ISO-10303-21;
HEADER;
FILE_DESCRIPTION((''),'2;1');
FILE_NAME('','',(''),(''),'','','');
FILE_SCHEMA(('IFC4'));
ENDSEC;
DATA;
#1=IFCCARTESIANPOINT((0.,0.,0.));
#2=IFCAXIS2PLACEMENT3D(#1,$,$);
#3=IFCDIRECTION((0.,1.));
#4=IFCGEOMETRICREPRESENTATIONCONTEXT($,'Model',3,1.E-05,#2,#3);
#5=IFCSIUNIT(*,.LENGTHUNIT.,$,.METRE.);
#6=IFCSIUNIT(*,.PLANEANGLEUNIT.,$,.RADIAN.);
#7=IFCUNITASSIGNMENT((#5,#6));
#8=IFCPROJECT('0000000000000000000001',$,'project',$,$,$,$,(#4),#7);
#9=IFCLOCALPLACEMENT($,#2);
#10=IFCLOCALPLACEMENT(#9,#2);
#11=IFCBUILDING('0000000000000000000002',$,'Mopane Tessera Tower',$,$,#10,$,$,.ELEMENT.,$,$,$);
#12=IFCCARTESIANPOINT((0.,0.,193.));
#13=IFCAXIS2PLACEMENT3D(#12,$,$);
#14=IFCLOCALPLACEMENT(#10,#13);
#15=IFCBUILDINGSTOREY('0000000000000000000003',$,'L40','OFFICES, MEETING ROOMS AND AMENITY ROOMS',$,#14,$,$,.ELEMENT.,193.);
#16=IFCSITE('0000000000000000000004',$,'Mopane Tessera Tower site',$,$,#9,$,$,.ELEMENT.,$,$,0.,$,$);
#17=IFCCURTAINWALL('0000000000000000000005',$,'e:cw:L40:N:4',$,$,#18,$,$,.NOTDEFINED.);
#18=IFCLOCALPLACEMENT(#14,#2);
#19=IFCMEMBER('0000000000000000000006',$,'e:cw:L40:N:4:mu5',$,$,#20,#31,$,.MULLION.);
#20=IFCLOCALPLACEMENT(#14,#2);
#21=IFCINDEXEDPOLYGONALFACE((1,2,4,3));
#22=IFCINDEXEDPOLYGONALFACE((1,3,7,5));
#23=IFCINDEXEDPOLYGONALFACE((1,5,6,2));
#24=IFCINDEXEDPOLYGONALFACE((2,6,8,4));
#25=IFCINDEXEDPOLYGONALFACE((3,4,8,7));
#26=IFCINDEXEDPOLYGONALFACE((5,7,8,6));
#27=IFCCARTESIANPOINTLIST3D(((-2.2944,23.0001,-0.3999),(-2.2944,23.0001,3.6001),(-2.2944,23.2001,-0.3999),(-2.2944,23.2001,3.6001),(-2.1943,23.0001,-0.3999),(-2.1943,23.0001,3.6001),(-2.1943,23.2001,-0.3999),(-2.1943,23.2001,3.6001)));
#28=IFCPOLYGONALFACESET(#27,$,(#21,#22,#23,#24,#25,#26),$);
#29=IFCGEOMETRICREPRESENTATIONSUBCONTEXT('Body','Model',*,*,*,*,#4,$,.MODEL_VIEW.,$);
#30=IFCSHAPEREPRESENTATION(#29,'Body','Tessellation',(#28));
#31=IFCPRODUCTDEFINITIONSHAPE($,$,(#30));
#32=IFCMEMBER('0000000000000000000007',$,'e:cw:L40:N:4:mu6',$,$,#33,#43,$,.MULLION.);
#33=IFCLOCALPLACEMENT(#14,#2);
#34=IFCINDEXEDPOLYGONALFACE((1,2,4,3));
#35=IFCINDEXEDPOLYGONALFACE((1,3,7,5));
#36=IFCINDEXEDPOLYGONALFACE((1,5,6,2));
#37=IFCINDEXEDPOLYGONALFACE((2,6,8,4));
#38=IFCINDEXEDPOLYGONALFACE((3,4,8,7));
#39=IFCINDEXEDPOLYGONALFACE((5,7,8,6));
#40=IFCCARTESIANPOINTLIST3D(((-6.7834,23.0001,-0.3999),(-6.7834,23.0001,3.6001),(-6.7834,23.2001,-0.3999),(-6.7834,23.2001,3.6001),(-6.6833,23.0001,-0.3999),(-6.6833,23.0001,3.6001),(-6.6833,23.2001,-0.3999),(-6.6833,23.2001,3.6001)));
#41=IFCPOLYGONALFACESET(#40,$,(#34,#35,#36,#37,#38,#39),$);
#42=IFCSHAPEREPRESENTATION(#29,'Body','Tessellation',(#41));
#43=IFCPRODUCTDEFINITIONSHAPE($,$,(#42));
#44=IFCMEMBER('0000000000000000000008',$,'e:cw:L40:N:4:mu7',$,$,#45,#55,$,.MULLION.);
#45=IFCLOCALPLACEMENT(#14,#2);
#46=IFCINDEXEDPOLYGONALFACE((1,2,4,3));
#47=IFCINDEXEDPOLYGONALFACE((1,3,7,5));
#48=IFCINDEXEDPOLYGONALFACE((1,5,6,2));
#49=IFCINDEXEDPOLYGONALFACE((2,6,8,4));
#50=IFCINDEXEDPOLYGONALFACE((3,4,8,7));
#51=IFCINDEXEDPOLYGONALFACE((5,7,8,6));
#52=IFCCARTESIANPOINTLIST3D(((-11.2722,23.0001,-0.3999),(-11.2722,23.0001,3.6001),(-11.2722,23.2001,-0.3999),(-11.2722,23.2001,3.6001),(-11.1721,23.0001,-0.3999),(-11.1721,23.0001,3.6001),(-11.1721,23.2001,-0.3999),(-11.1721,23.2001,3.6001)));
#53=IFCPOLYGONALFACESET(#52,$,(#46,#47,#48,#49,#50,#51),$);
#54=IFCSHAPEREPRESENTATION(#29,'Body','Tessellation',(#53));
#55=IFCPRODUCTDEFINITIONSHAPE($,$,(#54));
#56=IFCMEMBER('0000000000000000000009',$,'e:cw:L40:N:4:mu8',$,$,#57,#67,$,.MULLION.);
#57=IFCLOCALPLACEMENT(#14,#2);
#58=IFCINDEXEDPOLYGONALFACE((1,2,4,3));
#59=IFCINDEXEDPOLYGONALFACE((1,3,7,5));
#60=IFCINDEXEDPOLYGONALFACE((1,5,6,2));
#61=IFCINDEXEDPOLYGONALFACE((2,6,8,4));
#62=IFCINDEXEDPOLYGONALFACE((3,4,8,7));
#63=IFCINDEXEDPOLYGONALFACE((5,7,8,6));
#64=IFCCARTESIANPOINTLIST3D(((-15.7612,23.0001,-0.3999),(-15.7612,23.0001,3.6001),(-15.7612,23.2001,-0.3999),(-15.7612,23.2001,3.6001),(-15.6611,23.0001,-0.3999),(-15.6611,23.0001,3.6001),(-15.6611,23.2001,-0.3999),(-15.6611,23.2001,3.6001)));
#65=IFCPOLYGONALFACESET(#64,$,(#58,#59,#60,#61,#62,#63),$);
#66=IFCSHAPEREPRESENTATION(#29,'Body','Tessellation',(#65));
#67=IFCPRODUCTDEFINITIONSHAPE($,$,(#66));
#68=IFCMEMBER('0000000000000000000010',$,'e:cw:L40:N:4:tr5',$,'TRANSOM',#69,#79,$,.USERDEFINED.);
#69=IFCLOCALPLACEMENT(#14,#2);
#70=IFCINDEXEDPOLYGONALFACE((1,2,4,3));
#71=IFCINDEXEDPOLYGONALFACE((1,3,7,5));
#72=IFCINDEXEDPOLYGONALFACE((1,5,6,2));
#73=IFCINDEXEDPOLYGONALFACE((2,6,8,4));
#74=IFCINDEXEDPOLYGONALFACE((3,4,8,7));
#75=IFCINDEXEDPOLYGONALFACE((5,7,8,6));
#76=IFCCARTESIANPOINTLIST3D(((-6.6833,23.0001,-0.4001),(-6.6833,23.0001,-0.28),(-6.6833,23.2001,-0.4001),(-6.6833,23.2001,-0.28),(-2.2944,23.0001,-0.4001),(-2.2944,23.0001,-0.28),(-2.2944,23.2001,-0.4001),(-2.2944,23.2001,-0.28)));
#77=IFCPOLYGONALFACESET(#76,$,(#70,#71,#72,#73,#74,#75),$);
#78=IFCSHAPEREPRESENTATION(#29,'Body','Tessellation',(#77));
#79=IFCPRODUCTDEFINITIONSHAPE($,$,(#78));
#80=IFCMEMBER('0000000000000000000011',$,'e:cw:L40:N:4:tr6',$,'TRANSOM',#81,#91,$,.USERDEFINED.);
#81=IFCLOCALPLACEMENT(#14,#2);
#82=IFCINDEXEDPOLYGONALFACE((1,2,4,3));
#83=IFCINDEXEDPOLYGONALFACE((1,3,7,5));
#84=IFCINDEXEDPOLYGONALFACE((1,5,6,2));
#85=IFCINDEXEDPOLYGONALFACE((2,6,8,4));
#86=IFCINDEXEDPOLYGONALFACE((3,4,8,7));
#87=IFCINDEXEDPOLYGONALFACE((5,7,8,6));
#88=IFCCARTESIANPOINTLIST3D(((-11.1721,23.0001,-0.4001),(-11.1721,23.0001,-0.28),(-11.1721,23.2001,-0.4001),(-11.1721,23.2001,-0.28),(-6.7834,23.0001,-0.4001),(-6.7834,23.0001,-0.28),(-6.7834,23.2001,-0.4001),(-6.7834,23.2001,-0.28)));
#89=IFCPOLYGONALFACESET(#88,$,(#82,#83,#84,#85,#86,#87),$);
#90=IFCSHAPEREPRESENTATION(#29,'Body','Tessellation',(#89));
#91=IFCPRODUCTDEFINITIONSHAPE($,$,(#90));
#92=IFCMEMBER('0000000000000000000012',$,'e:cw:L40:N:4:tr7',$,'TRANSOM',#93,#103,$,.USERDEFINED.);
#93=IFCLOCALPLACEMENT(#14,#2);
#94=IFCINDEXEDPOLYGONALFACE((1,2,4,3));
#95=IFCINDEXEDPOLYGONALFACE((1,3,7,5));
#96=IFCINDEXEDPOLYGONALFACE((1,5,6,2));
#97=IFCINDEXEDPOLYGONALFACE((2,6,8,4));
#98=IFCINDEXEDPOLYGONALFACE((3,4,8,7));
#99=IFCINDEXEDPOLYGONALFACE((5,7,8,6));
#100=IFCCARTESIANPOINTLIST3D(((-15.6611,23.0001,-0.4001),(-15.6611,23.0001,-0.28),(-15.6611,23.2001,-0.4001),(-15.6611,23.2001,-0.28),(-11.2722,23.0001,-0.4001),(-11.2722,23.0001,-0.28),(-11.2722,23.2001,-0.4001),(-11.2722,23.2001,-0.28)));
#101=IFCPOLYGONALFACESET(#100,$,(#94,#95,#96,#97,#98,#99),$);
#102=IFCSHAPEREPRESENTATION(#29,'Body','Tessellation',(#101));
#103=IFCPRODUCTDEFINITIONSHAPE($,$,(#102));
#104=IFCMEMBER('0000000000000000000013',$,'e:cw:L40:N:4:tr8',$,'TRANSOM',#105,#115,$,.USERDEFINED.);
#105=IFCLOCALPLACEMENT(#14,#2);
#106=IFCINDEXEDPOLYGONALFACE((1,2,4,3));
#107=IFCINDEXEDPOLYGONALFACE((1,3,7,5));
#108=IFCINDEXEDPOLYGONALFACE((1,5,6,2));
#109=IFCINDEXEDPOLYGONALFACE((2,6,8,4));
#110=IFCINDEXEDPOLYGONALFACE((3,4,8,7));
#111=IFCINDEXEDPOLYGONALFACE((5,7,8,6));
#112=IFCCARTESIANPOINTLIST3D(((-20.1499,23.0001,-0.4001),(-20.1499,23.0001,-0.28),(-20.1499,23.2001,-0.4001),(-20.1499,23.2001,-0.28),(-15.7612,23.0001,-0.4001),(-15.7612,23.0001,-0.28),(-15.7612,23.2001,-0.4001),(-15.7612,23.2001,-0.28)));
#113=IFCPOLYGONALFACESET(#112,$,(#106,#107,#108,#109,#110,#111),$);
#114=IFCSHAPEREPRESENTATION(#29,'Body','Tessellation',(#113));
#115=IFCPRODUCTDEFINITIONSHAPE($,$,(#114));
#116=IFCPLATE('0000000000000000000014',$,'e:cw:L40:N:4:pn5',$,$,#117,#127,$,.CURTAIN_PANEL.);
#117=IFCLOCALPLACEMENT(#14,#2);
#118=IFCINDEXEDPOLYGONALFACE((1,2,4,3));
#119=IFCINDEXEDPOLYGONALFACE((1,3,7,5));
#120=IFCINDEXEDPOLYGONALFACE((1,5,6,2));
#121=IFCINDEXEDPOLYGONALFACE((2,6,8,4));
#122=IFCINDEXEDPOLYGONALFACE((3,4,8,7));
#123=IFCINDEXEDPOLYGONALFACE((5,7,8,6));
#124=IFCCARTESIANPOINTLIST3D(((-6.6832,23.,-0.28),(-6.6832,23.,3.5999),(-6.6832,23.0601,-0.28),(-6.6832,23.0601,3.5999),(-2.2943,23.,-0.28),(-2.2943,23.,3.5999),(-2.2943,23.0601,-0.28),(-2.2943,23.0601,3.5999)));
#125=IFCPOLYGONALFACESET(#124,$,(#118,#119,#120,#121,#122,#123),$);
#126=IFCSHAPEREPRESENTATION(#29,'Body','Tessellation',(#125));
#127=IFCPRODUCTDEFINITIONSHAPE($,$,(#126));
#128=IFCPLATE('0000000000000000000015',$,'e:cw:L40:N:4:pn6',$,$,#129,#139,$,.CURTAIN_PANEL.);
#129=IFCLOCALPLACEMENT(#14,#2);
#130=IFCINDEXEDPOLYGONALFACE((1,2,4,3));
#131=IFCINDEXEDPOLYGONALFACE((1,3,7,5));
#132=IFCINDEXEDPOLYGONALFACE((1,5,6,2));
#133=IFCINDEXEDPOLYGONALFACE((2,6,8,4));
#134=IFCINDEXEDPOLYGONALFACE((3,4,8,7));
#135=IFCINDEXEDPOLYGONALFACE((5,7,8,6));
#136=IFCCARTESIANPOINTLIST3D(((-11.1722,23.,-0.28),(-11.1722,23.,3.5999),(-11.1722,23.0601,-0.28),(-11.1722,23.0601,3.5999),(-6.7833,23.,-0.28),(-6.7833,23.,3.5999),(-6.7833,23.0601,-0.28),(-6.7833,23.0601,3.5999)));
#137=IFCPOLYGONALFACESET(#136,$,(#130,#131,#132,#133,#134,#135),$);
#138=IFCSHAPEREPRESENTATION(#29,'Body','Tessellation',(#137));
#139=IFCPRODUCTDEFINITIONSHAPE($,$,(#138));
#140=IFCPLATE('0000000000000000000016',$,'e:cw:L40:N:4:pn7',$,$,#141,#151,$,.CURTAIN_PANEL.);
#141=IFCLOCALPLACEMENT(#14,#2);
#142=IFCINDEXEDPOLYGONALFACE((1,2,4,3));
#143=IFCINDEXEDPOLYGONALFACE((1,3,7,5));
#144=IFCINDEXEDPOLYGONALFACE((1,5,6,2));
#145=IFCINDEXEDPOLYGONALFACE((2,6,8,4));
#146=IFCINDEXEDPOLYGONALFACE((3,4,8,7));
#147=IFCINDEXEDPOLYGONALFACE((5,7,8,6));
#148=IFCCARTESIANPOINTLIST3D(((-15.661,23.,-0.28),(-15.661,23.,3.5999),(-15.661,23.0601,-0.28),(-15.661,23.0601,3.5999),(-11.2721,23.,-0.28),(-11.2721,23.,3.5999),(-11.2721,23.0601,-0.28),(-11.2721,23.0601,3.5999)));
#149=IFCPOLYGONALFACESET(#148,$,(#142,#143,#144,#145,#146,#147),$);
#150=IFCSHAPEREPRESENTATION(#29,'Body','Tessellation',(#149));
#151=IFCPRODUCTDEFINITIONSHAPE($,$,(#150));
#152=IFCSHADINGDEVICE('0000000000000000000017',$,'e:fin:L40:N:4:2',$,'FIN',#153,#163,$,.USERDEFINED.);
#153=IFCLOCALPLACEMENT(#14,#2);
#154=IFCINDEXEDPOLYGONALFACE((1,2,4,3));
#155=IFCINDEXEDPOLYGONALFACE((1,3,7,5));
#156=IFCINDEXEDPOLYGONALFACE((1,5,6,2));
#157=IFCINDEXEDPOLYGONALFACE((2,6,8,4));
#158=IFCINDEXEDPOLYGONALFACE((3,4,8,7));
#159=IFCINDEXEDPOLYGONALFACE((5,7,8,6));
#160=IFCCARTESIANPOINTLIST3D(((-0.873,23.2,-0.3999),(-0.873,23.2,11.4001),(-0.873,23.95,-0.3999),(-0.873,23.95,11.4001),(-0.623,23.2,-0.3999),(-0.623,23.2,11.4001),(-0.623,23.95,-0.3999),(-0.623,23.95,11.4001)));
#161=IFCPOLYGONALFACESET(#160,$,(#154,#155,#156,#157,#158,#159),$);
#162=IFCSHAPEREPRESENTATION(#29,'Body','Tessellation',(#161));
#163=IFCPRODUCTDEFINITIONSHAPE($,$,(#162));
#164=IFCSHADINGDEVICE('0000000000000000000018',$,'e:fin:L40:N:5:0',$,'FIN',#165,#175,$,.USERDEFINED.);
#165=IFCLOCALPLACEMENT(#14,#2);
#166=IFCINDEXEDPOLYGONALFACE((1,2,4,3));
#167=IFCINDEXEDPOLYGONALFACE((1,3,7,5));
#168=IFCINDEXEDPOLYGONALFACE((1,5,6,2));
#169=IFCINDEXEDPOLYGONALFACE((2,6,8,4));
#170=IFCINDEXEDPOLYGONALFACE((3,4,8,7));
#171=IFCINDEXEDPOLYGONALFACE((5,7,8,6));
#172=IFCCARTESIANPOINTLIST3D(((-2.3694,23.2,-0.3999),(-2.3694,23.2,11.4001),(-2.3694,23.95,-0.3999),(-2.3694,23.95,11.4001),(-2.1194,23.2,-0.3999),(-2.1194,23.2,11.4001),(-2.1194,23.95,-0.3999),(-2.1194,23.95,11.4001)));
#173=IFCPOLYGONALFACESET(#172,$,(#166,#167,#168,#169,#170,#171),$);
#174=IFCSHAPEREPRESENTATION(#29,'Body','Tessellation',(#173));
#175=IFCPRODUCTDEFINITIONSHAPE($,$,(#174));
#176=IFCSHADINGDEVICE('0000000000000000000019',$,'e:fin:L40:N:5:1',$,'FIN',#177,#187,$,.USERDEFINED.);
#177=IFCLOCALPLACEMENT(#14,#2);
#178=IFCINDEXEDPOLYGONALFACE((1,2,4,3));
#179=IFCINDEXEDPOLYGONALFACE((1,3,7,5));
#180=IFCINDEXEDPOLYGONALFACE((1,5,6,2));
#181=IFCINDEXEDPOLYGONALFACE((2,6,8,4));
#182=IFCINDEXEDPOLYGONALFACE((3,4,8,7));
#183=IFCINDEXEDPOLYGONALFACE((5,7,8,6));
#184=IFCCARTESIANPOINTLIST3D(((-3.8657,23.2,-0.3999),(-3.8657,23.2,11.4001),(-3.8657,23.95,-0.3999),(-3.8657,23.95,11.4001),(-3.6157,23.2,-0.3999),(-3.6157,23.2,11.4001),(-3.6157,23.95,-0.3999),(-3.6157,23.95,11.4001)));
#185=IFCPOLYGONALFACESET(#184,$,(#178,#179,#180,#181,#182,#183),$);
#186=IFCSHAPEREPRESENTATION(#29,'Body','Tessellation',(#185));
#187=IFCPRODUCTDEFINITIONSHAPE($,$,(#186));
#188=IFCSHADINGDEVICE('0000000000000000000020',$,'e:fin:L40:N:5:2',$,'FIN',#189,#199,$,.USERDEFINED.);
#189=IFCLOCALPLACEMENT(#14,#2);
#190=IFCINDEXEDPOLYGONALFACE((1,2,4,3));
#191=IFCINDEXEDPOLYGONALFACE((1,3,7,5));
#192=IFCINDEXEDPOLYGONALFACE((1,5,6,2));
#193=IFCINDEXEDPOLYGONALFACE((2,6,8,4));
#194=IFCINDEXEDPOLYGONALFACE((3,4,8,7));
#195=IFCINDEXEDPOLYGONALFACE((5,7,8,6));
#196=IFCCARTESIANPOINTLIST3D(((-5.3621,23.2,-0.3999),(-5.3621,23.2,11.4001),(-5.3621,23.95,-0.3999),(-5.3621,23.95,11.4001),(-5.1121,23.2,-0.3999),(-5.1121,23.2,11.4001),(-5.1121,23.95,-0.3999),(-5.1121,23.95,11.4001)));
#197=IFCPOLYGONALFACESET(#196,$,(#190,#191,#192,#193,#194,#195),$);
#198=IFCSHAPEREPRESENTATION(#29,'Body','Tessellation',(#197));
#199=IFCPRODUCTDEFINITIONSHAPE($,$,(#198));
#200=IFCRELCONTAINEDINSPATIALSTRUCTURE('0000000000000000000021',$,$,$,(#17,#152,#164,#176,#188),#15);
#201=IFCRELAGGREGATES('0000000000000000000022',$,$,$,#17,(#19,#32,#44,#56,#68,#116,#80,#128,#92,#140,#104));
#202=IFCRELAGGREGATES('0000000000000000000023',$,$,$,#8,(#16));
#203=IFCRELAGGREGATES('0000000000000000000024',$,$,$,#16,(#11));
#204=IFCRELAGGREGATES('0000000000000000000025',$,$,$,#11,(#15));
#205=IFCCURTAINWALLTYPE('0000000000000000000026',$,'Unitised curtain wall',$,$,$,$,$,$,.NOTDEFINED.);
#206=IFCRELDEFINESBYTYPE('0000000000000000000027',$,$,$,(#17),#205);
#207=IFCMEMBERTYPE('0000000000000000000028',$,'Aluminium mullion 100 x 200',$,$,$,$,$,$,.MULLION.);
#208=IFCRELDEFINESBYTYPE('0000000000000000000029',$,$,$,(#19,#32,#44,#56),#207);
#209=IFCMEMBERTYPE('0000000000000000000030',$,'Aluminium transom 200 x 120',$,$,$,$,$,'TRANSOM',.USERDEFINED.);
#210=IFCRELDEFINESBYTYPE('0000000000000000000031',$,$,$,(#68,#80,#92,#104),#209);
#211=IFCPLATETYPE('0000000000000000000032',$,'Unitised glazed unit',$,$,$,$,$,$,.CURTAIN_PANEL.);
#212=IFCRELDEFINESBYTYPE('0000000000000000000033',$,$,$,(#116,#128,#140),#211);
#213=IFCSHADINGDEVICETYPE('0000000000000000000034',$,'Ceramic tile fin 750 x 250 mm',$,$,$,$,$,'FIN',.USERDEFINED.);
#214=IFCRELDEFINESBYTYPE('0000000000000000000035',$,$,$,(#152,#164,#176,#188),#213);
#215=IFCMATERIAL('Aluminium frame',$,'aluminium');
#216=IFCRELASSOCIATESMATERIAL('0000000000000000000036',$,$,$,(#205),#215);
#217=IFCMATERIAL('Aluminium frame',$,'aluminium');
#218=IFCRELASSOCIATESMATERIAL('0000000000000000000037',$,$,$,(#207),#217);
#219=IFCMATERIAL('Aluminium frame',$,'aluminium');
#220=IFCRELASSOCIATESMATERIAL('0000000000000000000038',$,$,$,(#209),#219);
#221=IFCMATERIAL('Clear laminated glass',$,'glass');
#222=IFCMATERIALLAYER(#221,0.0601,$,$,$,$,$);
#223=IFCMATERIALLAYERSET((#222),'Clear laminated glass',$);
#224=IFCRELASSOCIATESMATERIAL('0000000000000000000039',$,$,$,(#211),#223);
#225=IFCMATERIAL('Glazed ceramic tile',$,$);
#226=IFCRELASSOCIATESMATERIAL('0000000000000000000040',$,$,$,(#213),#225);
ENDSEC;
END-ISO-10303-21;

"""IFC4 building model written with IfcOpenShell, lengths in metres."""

from ifc_helpers import new_model, si_unit, direction, frame, origin, origin_2d, place, context, subcontext, project, spatial, rectangle, extrude, material, layer, layer_set, material_profile, profile_set, type_object, element, aggregate, save


model = new_model("IFC4")

# Units and contexts
model_context = context("Model", 3, precision=1e-05, world=origin(), true_north=direction((0.0, 1.0)))
body_context = subcontext(model_context, "Body", "Model", "MODEL_VIEW")
ifc_project = project(units=[si_unit("LENGTHUNIT", "METRE"), si_unit("PLANEANGLEUNIT", "RADIAN")], contexts=[model_context])

# Site, building, storey
site_placement = place(None, origin())
site = spatial("IfcSite", under=ifc_project, at=site_placement, Name="Mopane Tessera Tower site", CompositionType="ELEMENT", RefElevation=0.0)
building_placement = place(site_placement, origin())
building = spatial("IfcBuilding", under=site, at=building_placement, Name="Mopane Tessera Tower", CompositionType="ELEMENT")
storey_placement = place(building_placement, frame((0.0, 0.0, 193.0)))
storey = spatial("IfcBuildingStorey", under=building, at=storey_placement, Name="L40", Description="OFFICES, MEETING ROOMS AND AMENITY ROOMS", CompositionType="ELEMENT", Elevation=193.0)

# Curtain wall, members, plates
ifc_material_1 = material(Name="Aluminium frame", Category="aluminium")
curtain_wall_type = type_object("IfcCurtainWallType", Name="Unitised curtain wall", PredefinedType="NOTDEFINED", material=ifc_material_1)
curtain_wall_placement = place(storey_placement, origin())
curtain_wall = element("IfcCurtainWall", 1, at=curtain_wall_placement, inside=storey, type_object=curtain_wall_type, Name="e:cw:L40:N:4", PredefinedType="NOTDEFINED")
ifc_material_2 = material(Name="Aluminium frame", Category="aluminium")
ifc_material_profile_1 = material_profile(ifc_material_2, rectangle(XDim=0.1001, YDim=0.2, at=origin_2d()))
ifc_profile_set_1 = profile_set([ifc_material_profile_1], Name="Aluminium frame")
member_type_1 = type_object("IfcMemberType", Name="Aluminium mullion 100 x 200", PredefinedType="MULLION", material=ifc_profile_set_1)
member_1_placement = place(storey_placement, frame((-2.2444, 23.1001, -0.3999), z_axis=(0.0, 0.0, 1.0), x_axis=(-1.0, 0.0, 0.0)))
member_1 = element("IfcMember", 2, at=member_1_placement, type_object=member_type_1, Name="e:cw:L40:N:4:mu5", PredefinedType="MULLION", context=body_context, shape_type="SweptSolid", body=[
    extrude(rectangle(XDim=0.1001, YDim=0.2, at=origin_2d()), origin(), (0.0, 0.0, 1.0), 4.0),
])
member_2_placement = place(storey_placement, frame((-6.7334, 23.1001, -0.3999), z_axis=(0.0, 0.0, 1.0), x_axis=(-1.0, 0.0, 0.0)))
member_2 = element("IfcMember", 3, at=member_2_placement, type_object=member_type_1, Name="e:cw:L40:N:4:mu6", PredefinedType="MULLION", context=body_context, shape_type="SweptSolid", body=[
    extrude(rectangle(XDim=0.1001, YDim=0.2, at=origin_2d()), origin(), (0.0, 0.0, 1.0), 4.0),
])
member_3_placement = place(storey_placement, frame((-11.2222, 23.1001, -0.3999), z_axis=(0.0, 0.0, 1.0), x_axis=(-1.0, 0.0, 0.0)))
member_3 = element("IfcMember", 4, at=member_3_placement, type_object=member_type_1, Name="e:cw:L40:N:4:mu7", PredefinedType="MULLION", context=body_context, shape_type="SweptSolid", body=[
    extrude(rectangle(XDim=0.1001, YDim=0.2, at=origin_2d()), origin(), (0.0, 0.0, 1.0), 4.0),
])
member_4_placement = place(storey_placement, frame((-15.7112, 23.1001, -0.3999), z_axis=(0.0, 0.0, 1.0), x_axis=(-1.0, 0.0, 0.0)))
member_4 = element("IfcMember", 5, at=member_4_placement, type_object=member_type_1, Name="e:cw:L40:N:4:mu8", PredefinedType="MULLION", context=body_context, shape_type="SweptSolid", body=[
    extrude(rectangle(XDim=0.1001, YDim=0.2, at=origin_2d()), origin(), (0.0, 0.0, 1.0), 4.0),
])
ifc_material_3 = material(Name="Aluminium frame", Category="aluminium")
ifc_material_profile_2 = material_profile(ifc_material_3, rectangle(XDim=0.2, YDim=0.1201, at=origin_2d()))
ifc_profile_set_2 = profile_set([ifc_material_profile_2], Name="Aluminium frame")
member_type_2 = type_object("IfcMemberType", Name="Aluminium transom 200 x 120", ElementType="TRANSOM", PredefinedType="USERDEFINED", material=ifc_profile_set_2)
member_5_placement = place(storey_placement, frame((-2.2944, 23.1001, -0.3401), z_axis=(-1.0, 0.0, 0.0), x_axis=(0.0, -1.0, 0.0)))
member_5 = element("IfcMember", 6, at=member_5_placement, type_object=member_type_2, Name="e:cw:L40:N:4:tr5", ObjectType="TRANSOM", PredefinedType="USERDEFINED", context=body_context, shape_type="SweptSolid", body=[
    extrude(rectangle(XDim=0.2, YDim=0.1201, at=origin_2d()), origin(), (0.0, 0.0, 1.0), 4.3889),
])
member_6_placement = place(storey_placement, frame((-6.7834, 23.1001, -0.3401), z_axis=(-1.0, 0.0, 0.0), x_axis=(0.0, -1.0, 0.0)))
member_6 = element("IfcMember", 7, at=member_6_placement, type_object=member_type_2, Name="e:cw:L40:N:4:tr6", ObjectType="TRANSOM", PredefinedType="USERDEFINED", context=body_context, shape_type="SweptSolid", body=[
    extrude(rectangle(XDim=0.2, YDim=0.1201, at=origin_2d()), origin(), (0.0, 0.0, 1.0), 4.3887),
])
member_7_placement = place(storey_placement, frame((-11.2722, 23.1001, -0.3401), z_axis=(-1.0, 0.0, 0.0), x_axis=(0.0, -1.0, 0.0)))
member_7 = element("IfcMember", 8, at=member_7_placement, type_object=member_type_2, Name="e:cw:L40:N:4:tr7", ObjectType="TRANSOM", PredefinedType="USERDEFINED", context=body_context, shape_type="SweptSolid", body=[
    extrude(rectangle(XDim=0.2, YDim=0.1201, at=origin_2d()), origin(), (0.0, 0.0, 1.0), 4.3889),
])
member_8_placement = place(storey_placement, frame((-15.7612, 23.1001, -0.3401), z_axis=(-1.0, 0.0, 0.0), x_axis=(0.0, -1.0, 0.0)))
member_8 = element("IfcMember", 9, at=member_8_placement, type_object=member_type_2, Name="e:cw:L40:N:4:tr8", ObjectType="TRANSOM", PredefinedType="USERDEFINED", context=body_context, shape_type="SweptSolid", body=[
    extrude(rectangle(XDim=0.2, YDim=0.1201, at=origin_2d()), origin(), (0.0, 0.0, 1.0), 4.3887),
])
ifc_material_4 = material(Name="Clear laminated glass", Category="glass")
ifc_layer = layer(ifc_material_4, 0.0601)
ifc_layer_set = layer_set([ifc_layer], Name="Clear laminated glass")
plate_type = type_object("IfcPlateType", Name="Unitised glazed unit", PredefinedType="CURTAIN_PANEL", material=ifc_layer_set)
plate_1_placement = place(storey_placement, frame((-4.4888, 23.03, -0.28), z_axis=(0.0, 0.0, 1.0), x_axis=(-1.0, 0.0, 0.0)))
plate_1 = element("IfcPlate", 10, at=plate_1_placement, type_object=plate_type, Name="e:cw:L40:N:4:pn5", PredefinedType="CURTAIN_PANEL", context=body_context, shape_type="SweptSolid", body=[
    extrude(rectangle(XDim=4.3889, YDim=0.0601, at=origin_2d()), origin(), (0.0, 0.0, 1.0), 3.8799),
])
plate_2_placement = place(storey_placement, frame((-8.9778, 23.03, -0.28), z_axis=(0.0, 0.0, 1.0), x_axis=(-1.0, 0.0, 0.0)))
plate_2 = element("IfcPlate", 11, at=plate_2_placement, type_object=plate_type, Name="e:cw:L40:N:4:pn6", PredefinedType="CURTAIN_PANEL", context=body_context, shape_type="SweptSolid", body=[
    extrude(rectangle(XDim=4.3889, YDim=0.0601, at=origin_2d()), origin(), (0.0, 0.0, 1.0), 3.8799),
])
plate_3_placement = place(storey_placement, frame((-13.4666, 23.03, -0.28), z_axis=(0.0, 0.0, 1.0), x_axis=(-1.0, 0.0, 0.0)))
plate_3 = element("IfcPlate", 12, at=plate_3_placement, type_object=plate_type, Name="e:cw:L40:N:4:pn7", PredefinedType="CURTAIN_PANEL", context=body_context, shape_type="SweptSolid", body=[
    extrude(rectangle(XDim=4.3889, YDim=0.0601, at=origin_2d()), origin(), (0.0, 0.0, 1.0), 3.8799),
])
aggregate(curtain_wall, [member_1, member_2, member_3, member_4, member_5, plate_1, member_6, plate_2, member_7, plate_3, member_8])

# Shading devices
ifc_material_5 = material(Name="Glazed ceramic tile")
shading_device_type = type_object("IfcShadingDeviceType", Name="Ceramic tile fin 750 x 250 mm", ElementType="FIN", PredefinedType="USERDEFINED", material=ifc_material_5)
for number, where, z_axis, x_axis, name in (
    (13, (-0.748, 23.575, -0.3999), (0.0, 0.0, 1.0), (-1.0, 0.0, 0.0), "e:fin:L40:N:4:2"),
    (14, (-2.2444, 23.575, -0.3999), (0.0, 0.0, 1.0), (-1.0, 0.0, 0.0), "e:fin:L40:N:5:0"),
    (15, (-3.7407, 23.575, -0.3999), (0.0, 0.0, 1.0), (-1.0, 0.0, 0.0), "e:fin:L40:N:5:1"),
    (16, (-5.2371, 23.575, -0.3999), (0.0, 0.0, 1.0), (-1.0, 0.0, 0.0), "e:fin:L40:N:5:2"),
):
    element("IfcShadingDevice", number, at=place(storey_placement, frame(where, z_axis=z_axis, x_axis=x_axis)), inside=storey, type_object=shading_device_type, Name=name, ObjectType="FIN", PredefinedType="USERDEFINED", context=body_context, shape_type="SweptSolid", body=[
        extrude(rectangle(XDim=0.25, YDim=0.75, at=origin_2d()), origin(), (0.0, 0.0, 1.0), 11.8),
    ])

save(model, "model.ifc")
